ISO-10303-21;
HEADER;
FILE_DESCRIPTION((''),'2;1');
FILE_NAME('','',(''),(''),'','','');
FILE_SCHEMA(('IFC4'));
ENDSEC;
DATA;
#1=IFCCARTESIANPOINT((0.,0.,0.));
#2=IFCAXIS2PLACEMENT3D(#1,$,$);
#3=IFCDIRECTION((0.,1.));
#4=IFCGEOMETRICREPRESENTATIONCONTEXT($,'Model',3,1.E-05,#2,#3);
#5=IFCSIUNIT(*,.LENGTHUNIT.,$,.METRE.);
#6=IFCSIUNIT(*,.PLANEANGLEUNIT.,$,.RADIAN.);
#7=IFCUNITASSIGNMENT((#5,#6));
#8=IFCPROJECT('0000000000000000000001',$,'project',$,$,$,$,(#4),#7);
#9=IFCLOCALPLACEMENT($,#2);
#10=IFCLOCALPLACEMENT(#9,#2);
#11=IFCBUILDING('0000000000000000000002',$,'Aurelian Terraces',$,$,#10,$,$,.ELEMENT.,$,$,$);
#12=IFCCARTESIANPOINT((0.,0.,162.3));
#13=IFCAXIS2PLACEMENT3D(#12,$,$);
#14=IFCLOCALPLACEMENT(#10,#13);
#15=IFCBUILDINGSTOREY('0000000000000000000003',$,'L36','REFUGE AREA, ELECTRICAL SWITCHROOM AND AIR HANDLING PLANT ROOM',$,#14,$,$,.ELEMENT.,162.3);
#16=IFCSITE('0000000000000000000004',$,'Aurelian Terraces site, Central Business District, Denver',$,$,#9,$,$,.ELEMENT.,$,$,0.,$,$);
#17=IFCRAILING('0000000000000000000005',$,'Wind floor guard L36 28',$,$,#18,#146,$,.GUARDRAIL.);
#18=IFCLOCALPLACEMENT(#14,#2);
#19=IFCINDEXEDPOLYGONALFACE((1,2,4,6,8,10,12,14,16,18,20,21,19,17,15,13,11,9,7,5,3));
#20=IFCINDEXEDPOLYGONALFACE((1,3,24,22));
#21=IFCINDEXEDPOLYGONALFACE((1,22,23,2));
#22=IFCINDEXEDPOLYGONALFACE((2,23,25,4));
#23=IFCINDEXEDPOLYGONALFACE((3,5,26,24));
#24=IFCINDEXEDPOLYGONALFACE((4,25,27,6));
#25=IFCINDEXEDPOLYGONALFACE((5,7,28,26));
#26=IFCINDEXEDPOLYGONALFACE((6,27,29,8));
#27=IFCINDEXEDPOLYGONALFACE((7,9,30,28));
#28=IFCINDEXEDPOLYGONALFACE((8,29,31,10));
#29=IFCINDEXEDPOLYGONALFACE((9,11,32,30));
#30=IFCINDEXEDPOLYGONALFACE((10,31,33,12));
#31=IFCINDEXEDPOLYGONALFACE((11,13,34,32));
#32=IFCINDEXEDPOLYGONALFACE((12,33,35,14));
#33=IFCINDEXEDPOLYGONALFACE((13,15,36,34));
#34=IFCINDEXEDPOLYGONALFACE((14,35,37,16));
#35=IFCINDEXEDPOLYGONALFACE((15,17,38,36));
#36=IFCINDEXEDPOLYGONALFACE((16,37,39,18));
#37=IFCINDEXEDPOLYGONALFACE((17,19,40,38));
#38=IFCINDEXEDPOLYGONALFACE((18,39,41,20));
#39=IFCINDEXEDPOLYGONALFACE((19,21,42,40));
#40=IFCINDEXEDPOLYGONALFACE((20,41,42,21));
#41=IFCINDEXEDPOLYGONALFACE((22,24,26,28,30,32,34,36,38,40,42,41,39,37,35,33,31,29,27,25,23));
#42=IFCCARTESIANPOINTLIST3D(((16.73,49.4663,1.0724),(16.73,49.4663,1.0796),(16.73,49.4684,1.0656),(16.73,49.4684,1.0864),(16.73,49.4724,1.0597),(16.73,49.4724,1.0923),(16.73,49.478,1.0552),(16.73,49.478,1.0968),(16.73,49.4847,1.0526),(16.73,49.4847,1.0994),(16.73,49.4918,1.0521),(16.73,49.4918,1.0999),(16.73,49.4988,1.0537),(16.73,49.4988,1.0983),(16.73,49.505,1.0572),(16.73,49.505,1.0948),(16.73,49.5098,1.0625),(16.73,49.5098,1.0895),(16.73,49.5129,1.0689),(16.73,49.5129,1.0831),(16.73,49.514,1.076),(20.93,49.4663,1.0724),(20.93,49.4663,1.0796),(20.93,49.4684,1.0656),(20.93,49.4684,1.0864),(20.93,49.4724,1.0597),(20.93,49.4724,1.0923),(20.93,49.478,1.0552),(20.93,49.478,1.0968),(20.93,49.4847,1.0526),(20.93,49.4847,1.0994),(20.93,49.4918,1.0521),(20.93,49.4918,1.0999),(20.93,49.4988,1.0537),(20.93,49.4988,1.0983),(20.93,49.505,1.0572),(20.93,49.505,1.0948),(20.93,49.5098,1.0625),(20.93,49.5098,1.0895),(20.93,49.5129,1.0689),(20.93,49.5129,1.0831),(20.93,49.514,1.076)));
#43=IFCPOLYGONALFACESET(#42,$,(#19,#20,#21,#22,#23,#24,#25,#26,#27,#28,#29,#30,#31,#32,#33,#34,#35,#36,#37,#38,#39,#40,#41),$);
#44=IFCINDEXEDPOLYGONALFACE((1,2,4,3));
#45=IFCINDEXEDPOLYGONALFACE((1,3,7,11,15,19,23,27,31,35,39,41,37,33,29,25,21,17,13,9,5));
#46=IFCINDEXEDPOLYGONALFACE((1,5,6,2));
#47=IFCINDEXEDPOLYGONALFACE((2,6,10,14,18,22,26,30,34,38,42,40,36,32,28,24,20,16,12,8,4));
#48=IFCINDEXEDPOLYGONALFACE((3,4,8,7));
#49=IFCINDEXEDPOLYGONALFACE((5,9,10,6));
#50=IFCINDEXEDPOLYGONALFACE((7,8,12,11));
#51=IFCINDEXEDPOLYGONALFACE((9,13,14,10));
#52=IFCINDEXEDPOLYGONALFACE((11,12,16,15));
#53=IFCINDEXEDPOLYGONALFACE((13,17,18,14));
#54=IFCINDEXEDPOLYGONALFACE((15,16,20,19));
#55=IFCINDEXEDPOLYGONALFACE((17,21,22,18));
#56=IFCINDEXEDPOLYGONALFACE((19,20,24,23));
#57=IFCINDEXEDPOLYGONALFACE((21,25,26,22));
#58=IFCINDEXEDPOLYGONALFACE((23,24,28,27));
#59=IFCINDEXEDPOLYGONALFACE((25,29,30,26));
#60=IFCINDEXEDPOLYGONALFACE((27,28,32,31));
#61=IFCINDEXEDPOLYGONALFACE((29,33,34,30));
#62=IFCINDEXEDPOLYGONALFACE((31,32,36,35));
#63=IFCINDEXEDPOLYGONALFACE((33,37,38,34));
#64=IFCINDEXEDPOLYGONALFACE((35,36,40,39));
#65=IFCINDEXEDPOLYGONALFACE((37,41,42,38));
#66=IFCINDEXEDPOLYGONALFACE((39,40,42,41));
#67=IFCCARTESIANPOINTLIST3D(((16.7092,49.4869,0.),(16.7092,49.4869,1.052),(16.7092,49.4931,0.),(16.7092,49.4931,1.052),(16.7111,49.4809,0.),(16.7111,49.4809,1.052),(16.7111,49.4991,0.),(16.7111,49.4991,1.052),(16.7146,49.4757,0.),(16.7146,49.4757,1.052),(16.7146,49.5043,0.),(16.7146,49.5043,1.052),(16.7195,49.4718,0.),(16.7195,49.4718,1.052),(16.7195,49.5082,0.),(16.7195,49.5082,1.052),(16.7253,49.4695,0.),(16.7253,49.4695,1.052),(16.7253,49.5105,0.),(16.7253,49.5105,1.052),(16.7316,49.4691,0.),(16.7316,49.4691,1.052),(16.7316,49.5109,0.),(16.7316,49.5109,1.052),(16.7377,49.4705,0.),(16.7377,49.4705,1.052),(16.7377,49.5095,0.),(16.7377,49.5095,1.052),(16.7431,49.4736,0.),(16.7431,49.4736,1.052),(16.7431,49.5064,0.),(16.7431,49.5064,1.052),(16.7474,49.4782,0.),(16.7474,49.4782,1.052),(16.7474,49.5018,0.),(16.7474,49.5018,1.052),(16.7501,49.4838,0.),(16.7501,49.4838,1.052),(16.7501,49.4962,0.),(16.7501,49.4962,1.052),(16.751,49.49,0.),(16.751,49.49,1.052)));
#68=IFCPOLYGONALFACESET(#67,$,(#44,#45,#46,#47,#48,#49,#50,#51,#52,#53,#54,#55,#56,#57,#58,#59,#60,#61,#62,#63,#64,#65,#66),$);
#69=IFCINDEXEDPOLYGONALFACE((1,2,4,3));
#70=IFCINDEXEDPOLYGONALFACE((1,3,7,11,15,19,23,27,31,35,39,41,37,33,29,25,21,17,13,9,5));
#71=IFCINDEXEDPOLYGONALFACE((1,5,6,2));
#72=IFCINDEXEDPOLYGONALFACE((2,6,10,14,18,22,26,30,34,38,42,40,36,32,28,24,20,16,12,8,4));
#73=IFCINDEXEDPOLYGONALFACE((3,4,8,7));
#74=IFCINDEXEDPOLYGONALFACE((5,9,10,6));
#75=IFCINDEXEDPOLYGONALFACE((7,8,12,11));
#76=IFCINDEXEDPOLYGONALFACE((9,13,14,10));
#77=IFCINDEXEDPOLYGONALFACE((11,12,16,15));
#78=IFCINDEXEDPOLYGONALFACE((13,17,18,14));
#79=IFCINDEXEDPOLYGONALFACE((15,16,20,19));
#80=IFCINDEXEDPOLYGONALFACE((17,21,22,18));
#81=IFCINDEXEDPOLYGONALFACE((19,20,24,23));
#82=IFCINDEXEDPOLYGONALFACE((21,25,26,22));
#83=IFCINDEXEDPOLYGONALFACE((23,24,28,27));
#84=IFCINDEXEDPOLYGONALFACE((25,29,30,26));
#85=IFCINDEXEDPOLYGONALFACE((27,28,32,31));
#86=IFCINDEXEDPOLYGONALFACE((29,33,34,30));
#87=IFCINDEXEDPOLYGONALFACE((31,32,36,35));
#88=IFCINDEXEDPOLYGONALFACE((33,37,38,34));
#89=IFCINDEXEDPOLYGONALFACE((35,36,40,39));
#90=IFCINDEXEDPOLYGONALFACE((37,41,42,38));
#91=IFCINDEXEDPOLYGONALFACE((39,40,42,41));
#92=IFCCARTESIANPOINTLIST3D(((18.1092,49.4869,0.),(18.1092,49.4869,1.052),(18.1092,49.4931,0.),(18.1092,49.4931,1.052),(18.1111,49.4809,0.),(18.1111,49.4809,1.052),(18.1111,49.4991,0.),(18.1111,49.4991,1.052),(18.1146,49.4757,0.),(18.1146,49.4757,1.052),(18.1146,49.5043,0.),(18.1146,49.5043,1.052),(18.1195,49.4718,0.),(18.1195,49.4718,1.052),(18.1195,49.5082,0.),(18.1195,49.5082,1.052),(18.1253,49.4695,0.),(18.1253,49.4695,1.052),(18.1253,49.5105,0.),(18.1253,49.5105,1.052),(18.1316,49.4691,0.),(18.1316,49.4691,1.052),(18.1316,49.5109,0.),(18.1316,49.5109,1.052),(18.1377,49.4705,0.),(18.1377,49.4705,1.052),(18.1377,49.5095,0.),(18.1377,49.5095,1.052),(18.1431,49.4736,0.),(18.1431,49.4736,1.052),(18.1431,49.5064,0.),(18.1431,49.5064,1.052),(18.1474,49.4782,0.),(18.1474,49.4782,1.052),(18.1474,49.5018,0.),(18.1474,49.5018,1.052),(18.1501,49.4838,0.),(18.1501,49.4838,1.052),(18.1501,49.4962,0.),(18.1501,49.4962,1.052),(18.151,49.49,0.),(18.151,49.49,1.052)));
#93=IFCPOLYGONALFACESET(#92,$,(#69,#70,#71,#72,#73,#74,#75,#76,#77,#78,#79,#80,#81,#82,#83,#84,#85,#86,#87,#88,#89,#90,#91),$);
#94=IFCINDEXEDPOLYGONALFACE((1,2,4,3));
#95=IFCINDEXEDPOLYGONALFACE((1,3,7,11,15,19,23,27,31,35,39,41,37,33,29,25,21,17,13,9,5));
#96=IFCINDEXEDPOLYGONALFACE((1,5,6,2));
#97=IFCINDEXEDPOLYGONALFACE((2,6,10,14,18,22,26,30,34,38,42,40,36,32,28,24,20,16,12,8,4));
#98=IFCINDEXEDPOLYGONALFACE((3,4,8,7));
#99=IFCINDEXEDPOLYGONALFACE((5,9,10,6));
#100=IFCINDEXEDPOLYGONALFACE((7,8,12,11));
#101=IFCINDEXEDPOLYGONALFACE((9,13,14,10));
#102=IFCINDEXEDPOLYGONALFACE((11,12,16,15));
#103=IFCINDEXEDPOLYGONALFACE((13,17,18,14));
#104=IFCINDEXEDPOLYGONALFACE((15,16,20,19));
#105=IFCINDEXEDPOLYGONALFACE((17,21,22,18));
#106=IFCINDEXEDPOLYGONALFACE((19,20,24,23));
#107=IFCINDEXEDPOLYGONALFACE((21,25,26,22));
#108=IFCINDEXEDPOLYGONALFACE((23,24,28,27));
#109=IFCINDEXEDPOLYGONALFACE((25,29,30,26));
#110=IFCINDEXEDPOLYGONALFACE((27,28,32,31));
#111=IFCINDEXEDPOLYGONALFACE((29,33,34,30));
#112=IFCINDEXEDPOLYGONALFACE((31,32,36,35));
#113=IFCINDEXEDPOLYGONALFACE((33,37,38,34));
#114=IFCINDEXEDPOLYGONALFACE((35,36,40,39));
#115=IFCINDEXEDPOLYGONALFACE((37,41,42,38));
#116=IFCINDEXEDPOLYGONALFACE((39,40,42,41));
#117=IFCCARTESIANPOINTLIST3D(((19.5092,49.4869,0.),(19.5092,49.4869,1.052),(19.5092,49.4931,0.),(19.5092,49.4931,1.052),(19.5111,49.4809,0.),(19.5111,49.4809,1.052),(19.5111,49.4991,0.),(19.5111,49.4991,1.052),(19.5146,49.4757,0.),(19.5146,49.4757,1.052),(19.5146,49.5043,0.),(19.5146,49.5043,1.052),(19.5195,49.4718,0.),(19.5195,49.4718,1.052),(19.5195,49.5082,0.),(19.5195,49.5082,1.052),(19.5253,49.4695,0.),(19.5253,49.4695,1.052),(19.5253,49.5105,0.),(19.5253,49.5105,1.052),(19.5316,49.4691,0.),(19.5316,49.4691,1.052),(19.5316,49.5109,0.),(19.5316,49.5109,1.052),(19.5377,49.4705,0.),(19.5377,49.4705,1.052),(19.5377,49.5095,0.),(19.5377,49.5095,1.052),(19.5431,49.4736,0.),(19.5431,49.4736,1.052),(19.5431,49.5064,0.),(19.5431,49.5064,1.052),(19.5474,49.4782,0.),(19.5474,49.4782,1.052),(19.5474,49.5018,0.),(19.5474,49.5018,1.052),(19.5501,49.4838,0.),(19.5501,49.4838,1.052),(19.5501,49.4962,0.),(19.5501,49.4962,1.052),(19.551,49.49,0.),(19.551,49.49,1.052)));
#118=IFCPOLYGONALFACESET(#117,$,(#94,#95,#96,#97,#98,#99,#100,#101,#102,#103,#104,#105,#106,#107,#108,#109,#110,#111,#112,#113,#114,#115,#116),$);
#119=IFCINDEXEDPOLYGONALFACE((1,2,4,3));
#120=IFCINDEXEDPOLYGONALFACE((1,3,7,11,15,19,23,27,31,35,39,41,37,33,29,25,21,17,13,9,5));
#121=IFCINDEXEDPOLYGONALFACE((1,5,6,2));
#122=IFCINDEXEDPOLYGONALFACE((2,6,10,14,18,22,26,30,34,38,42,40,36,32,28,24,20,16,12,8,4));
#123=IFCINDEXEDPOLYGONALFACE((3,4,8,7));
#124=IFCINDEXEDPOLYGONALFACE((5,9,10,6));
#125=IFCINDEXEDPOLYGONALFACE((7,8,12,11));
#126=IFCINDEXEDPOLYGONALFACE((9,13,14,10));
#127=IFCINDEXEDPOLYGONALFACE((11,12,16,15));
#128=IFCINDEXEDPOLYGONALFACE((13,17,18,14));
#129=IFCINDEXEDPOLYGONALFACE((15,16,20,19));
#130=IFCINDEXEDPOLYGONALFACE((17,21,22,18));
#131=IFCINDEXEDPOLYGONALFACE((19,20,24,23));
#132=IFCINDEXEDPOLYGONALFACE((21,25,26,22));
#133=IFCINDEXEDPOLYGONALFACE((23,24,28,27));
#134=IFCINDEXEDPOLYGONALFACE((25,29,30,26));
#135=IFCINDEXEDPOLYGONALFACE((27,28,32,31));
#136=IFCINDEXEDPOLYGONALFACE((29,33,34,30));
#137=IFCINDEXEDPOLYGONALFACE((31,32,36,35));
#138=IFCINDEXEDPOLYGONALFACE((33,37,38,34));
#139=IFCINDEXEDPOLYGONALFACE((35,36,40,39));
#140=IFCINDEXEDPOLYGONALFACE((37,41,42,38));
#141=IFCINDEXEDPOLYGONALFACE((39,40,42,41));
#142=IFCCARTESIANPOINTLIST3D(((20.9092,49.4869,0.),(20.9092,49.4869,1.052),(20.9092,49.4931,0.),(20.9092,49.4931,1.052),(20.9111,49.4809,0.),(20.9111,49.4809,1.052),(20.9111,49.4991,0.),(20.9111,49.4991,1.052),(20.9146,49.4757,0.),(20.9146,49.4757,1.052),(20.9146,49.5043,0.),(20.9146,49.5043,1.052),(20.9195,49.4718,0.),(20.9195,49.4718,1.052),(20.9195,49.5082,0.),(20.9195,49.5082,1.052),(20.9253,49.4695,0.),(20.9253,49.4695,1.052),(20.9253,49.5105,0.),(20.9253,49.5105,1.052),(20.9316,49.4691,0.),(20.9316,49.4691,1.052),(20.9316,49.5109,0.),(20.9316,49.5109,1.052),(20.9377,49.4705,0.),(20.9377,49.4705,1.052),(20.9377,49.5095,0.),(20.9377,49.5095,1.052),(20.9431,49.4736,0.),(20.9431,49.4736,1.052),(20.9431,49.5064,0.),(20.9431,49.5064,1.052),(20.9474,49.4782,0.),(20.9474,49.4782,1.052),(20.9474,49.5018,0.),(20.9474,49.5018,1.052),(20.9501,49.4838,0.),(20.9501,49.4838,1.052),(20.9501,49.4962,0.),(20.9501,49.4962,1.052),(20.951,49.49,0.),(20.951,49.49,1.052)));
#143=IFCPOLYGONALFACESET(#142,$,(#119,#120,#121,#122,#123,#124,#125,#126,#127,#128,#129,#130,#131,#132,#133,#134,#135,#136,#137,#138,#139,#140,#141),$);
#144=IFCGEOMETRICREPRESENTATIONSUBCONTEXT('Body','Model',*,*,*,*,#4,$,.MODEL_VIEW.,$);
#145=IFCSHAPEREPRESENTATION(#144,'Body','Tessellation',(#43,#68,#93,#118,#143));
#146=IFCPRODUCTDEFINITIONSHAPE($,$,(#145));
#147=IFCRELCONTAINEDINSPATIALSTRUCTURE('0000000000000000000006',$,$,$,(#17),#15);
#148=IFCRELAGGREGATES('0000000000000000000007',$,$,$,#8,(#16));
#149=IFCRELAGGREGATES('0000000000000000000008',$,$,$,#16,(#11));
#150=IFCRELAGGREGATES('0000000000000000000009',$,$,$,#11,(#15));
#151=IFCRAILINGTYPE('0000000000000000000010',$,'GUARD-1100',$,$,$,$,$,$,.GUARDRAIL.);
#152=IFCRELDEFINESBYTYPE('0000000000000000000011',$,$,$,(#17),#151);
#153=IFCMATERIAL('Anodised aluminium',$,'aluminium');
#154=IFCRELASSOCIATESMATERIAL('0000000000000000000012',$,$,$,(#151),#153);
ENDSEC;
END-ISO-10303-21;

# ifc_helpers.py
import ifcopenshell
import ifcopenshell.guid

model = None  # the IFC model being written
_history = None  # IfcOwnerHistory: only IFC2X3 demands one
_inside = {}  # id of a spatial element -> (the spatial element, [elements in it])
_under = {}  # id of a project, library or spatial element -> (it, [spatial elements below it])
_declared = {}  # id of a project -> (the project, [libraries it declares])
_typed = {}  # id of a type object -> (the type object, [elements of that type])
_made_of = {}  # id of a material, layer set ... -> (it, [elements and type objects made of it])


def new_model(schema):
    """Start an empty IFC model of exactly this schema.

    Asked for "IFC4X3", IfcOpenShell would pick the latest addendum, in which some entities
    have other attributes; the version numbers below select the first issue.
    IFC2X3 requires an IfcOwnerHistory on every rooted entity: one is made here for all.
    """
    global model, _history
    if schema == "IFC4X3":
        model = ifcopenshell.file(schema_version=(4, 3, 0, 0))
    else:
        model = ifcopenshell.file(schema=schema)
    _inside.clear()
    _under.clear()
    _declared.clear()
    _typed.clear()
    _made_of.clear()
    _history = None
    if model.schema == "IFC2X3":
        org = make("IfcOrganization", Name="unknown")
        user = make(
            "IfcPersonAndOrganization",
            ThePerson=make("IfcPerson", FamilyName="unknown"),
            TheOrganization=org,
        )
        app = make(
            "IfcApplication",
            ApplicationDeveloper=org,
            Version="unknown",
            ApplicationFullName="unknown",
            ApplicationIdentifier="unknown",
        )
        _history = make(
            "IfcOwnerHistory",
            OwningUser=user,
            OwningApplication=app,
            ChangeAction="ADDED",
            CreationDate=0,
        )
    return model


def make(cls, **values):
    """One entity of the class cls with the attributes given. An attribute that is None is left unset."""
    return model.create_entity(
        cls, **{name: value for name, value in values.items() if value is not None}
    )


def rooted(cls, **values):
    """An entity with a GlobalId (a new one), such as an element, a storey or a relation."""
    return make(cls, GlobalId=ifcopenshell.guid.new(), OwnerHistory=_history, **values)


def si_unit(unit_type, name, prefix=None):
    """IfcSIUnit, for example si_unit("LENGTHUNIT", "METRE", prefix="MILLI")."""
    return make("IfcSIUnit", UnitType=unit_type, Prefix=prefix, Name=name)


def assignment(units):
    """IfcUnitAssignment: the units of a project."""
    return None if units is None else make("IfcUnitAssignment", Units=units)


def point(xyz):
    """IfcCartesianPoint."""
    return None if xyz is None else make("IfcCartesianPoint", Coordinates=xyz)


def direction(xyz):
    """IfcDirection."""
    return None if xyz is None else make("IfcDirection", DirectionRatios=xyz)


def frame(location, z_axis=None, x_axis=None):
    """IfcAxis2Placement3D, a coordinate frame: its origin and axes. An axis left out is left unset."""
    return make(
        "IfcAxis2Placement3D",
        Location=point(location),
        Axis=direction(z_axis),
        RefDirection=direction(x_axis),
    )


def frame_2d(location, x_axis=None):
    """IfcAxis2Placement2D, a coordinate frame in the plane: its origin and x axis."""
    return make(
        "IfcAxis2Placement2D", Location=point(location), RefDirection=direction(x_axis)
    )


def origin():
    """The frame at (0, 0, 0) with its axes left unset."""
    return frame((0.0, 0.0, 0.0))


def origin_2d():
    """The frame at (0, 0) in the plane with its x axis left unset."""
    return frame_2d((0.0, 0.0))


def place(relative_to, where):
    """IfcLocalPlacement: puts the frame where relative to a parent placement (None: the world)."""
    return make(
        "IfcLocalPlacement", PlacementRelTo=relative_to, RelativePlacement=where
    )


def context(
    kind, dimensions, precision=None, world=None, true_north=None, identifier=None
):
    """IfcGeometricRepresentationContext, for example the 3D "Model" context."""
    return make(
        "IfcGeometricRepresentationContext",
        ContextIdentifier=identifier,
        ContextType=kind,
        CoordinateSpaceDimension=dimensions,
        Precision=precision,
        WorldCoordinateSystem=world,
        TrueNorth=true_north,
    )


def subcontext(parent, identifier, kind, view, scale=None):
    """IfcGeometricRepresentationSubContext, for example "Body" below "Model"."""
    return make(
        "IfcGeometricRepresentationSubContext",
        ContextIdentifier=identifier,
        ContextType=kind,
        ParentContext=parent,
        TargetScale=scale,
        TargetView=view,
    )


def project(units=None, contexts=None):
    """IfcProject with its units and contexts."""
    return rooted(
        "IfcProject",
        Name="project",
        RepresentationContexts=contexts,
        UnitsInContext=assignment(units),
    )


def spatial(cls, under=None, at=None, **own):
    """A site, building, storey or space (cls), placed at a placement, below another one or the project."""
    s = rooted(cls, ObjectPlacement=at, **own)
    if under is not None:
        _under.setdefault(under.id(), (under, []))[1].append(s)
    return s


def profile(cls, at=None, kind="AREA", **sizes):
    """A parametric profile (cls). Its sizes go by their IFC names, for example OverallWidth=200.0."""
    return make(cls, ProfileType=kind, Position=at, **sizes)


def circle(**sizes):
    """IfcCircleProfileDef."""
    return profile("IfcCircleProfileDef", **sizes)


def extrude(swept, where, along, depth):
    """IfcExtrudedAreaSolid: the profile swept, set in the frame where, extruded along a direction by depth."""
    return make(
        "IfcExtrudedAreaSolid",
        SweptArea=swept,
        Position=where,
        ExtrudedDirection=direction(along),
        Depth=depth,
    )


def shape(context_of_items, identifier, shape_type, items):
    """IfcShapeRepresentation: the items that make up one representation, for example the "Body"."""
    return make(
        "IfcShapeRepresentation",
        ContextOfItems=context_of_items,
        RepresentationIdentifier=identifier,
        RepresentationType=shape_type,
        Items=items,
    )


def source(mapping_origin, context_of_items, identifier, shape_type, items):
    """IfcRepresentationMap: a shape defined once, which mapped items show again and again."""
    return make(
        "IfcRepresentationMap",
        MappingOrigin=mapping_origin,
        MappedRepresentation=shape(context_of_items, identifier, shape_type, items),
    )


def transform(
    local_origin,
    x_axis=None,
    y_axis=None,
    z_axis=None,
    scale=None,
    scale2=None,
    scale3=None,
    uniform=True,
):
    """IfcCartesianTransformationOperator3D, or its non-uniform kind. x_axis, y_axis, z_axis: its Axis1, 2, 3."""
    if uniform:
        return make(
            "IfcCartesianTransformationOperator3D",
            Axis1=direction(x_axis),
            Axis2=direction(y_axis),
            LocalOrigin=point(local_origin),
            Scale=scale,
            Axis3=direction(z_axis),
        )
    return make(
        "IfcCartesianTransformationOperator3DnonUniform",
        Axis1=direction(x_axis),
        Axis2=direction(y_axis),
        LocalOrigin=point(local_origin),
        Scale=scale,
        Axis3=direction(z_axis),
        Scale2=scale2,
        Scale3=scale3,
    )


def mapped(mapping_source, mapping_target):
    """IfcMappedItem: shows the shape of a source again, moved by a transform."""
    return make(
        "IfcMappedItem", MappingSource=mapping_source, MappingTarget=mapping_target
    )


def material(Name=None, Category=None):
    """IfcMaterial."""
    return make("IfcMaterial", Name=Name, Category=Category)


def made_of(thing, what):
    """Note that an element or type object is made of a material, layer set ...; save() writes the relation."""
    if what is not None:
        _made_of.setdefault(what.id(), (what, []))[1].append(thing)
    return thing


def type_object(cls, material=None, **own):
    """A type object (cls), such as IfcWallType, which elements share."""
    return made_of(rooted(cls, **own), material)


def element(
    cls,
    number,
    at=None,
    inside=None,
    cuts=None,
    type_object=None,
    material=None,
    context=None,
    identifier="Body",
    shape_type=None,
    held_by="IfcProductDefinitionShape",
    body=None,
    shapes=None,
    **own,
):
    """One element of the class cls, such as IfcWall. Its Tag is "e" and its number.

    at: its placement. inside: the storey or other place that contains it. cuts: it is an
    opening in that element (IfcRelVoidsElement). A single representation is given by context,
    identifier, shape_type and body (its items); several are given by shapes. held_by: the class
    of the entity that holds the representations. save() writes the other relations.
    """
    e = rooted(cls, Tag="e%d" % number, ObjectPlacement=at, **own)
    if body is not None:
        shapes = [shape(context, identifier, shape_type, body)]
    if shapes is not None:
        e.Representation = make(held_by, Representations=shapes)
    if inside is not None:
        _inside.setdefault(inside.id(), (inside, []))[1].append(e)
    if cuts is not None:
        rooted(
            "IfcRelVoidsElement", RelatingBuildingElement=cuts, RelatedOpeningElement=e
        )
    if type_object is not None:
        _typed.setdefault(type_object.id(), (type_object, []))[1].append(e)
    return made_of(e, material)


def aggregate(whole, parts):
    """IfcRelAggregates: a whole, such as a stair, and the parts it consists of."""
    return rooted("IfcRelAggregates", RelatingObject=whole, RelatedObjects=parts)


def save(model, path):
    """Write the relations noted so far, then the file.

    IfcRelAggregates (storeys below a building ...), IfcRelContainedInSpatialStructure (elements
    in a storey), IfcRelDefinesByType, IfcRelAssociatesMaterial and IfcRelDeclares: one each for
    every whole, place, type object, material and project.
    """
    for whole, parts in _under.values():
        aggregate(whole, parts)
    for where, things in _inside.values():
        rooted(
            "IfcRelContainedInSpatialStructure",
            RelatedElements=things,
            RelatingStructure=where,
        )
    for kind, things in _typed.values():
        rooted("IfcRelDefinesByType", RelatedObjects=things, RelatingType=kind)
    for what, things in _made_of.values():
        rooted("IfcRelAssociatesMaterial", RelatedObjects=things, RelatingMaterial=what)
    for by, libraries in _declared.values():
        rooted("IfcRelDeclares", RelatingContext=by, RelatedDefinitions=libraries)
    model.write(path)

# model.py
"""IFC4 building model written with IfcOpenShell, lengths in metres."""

from ifc_helpers import new_model, si_unit, direction, frame, origin, origin_2d, place, context, subcontext, project, spatial, circle, extrude, source, transform, mapped, material, type_object, element, save


model = new_model("IFC4")

# Units and contexts
model_context = context("Model", 3, precision=1e-05, world=origin(), true_north=direction((0.0, 1.0)))
body_context = subcontext(model_context, "Body", "Model", "MODEL_VIEW")
ifc_project = project(units=[si_unit("LENGTHUNIT", "METRE"), si_unit("PLANEANGLEUNIT", "RADIAN")], contexts=[model_context])

# Site, building, storey
site_placement = place(None, origin())
site = spatial("IfcSite", under=ifc_project, at=site_placement, Name="Aurelian Terraces site, Central Business District, Denver", CompositionType="ELEMENT", RefElevation=0.0)
building_placement = place(site_placement, origin())
building = spatial("IfcBuilding", under=site, at=building_placement, Name="Aurelian Terraces", CompositionType="ELEMENT")
storey_placement = place(building_placement, frame((0.0, 0.0, 162.3)))
storey = spatial("IfcBuildingStorey", under=building, at=storey_placement, Name="L36", Description="REFUGE AREA, ELECTRICAL SWITCHROOM AND AIR HANDLING PLANT ROOM", CompositionType="ELEMENT", Elevation=162.3)

# Railing
ifc_material_1 = material(Name="Anodised aluminium", Category="aluminium")
railing_type_1 = type_object("IfcRailingType", Name="GUARD-1100", PredefinedType="GUARDRAIL", material=ifc_material_1)
shared_shape_1 = source(origin(), body_context, "Body", "SweptSolid", [
    extrude(circle(Radius=0.024, at=origin_2d()), frame((0.0, 0.0, 1.076), z_axis=(1.0, 0.0, 0.0), x_axis=(0.0, 1.0, 0.0)), (0.0, 0.0, 1.0), 4.2),
    extrude(circle(Radius=0.021, at=origin_2d()), origin(), (0.0, 0.0, 1.0), 1.052),
    extrude(circle(Radius=0.021, at=origin_2d()), frame((1.4, 0.0, 0.0)), (0.0, 0.0, 1.0), 1.052),
    extrude(circle(Radius=0.021, at=origin_2d()), frame((2.8, 0.0, 0.0)), (0.0, 0.0, 1.0), 1.052),
    extrude(circle(Radius=0.021, at=origin_2d()), frame((4.2, 0.0, 0.0)), (0.0, 0.0, 1.0), 1.052),
])
railing_1_placement = place(storey_placement, frame((16.73, 49.49, 0.0)))
element("IfcRailing", 1, at=railing_1_placement, inside=storey, type_object=railing_type_1, Name="Wind floor guard L36 28", PredefinedType="GUARDRAIL", context=body_context, shape_type="MappedRepresentation", body=[
    mapped(shared_shape_1, transform((0.0, 0.0, 0.0), scale=1.0)),
])

save(model, "model.ifc")
